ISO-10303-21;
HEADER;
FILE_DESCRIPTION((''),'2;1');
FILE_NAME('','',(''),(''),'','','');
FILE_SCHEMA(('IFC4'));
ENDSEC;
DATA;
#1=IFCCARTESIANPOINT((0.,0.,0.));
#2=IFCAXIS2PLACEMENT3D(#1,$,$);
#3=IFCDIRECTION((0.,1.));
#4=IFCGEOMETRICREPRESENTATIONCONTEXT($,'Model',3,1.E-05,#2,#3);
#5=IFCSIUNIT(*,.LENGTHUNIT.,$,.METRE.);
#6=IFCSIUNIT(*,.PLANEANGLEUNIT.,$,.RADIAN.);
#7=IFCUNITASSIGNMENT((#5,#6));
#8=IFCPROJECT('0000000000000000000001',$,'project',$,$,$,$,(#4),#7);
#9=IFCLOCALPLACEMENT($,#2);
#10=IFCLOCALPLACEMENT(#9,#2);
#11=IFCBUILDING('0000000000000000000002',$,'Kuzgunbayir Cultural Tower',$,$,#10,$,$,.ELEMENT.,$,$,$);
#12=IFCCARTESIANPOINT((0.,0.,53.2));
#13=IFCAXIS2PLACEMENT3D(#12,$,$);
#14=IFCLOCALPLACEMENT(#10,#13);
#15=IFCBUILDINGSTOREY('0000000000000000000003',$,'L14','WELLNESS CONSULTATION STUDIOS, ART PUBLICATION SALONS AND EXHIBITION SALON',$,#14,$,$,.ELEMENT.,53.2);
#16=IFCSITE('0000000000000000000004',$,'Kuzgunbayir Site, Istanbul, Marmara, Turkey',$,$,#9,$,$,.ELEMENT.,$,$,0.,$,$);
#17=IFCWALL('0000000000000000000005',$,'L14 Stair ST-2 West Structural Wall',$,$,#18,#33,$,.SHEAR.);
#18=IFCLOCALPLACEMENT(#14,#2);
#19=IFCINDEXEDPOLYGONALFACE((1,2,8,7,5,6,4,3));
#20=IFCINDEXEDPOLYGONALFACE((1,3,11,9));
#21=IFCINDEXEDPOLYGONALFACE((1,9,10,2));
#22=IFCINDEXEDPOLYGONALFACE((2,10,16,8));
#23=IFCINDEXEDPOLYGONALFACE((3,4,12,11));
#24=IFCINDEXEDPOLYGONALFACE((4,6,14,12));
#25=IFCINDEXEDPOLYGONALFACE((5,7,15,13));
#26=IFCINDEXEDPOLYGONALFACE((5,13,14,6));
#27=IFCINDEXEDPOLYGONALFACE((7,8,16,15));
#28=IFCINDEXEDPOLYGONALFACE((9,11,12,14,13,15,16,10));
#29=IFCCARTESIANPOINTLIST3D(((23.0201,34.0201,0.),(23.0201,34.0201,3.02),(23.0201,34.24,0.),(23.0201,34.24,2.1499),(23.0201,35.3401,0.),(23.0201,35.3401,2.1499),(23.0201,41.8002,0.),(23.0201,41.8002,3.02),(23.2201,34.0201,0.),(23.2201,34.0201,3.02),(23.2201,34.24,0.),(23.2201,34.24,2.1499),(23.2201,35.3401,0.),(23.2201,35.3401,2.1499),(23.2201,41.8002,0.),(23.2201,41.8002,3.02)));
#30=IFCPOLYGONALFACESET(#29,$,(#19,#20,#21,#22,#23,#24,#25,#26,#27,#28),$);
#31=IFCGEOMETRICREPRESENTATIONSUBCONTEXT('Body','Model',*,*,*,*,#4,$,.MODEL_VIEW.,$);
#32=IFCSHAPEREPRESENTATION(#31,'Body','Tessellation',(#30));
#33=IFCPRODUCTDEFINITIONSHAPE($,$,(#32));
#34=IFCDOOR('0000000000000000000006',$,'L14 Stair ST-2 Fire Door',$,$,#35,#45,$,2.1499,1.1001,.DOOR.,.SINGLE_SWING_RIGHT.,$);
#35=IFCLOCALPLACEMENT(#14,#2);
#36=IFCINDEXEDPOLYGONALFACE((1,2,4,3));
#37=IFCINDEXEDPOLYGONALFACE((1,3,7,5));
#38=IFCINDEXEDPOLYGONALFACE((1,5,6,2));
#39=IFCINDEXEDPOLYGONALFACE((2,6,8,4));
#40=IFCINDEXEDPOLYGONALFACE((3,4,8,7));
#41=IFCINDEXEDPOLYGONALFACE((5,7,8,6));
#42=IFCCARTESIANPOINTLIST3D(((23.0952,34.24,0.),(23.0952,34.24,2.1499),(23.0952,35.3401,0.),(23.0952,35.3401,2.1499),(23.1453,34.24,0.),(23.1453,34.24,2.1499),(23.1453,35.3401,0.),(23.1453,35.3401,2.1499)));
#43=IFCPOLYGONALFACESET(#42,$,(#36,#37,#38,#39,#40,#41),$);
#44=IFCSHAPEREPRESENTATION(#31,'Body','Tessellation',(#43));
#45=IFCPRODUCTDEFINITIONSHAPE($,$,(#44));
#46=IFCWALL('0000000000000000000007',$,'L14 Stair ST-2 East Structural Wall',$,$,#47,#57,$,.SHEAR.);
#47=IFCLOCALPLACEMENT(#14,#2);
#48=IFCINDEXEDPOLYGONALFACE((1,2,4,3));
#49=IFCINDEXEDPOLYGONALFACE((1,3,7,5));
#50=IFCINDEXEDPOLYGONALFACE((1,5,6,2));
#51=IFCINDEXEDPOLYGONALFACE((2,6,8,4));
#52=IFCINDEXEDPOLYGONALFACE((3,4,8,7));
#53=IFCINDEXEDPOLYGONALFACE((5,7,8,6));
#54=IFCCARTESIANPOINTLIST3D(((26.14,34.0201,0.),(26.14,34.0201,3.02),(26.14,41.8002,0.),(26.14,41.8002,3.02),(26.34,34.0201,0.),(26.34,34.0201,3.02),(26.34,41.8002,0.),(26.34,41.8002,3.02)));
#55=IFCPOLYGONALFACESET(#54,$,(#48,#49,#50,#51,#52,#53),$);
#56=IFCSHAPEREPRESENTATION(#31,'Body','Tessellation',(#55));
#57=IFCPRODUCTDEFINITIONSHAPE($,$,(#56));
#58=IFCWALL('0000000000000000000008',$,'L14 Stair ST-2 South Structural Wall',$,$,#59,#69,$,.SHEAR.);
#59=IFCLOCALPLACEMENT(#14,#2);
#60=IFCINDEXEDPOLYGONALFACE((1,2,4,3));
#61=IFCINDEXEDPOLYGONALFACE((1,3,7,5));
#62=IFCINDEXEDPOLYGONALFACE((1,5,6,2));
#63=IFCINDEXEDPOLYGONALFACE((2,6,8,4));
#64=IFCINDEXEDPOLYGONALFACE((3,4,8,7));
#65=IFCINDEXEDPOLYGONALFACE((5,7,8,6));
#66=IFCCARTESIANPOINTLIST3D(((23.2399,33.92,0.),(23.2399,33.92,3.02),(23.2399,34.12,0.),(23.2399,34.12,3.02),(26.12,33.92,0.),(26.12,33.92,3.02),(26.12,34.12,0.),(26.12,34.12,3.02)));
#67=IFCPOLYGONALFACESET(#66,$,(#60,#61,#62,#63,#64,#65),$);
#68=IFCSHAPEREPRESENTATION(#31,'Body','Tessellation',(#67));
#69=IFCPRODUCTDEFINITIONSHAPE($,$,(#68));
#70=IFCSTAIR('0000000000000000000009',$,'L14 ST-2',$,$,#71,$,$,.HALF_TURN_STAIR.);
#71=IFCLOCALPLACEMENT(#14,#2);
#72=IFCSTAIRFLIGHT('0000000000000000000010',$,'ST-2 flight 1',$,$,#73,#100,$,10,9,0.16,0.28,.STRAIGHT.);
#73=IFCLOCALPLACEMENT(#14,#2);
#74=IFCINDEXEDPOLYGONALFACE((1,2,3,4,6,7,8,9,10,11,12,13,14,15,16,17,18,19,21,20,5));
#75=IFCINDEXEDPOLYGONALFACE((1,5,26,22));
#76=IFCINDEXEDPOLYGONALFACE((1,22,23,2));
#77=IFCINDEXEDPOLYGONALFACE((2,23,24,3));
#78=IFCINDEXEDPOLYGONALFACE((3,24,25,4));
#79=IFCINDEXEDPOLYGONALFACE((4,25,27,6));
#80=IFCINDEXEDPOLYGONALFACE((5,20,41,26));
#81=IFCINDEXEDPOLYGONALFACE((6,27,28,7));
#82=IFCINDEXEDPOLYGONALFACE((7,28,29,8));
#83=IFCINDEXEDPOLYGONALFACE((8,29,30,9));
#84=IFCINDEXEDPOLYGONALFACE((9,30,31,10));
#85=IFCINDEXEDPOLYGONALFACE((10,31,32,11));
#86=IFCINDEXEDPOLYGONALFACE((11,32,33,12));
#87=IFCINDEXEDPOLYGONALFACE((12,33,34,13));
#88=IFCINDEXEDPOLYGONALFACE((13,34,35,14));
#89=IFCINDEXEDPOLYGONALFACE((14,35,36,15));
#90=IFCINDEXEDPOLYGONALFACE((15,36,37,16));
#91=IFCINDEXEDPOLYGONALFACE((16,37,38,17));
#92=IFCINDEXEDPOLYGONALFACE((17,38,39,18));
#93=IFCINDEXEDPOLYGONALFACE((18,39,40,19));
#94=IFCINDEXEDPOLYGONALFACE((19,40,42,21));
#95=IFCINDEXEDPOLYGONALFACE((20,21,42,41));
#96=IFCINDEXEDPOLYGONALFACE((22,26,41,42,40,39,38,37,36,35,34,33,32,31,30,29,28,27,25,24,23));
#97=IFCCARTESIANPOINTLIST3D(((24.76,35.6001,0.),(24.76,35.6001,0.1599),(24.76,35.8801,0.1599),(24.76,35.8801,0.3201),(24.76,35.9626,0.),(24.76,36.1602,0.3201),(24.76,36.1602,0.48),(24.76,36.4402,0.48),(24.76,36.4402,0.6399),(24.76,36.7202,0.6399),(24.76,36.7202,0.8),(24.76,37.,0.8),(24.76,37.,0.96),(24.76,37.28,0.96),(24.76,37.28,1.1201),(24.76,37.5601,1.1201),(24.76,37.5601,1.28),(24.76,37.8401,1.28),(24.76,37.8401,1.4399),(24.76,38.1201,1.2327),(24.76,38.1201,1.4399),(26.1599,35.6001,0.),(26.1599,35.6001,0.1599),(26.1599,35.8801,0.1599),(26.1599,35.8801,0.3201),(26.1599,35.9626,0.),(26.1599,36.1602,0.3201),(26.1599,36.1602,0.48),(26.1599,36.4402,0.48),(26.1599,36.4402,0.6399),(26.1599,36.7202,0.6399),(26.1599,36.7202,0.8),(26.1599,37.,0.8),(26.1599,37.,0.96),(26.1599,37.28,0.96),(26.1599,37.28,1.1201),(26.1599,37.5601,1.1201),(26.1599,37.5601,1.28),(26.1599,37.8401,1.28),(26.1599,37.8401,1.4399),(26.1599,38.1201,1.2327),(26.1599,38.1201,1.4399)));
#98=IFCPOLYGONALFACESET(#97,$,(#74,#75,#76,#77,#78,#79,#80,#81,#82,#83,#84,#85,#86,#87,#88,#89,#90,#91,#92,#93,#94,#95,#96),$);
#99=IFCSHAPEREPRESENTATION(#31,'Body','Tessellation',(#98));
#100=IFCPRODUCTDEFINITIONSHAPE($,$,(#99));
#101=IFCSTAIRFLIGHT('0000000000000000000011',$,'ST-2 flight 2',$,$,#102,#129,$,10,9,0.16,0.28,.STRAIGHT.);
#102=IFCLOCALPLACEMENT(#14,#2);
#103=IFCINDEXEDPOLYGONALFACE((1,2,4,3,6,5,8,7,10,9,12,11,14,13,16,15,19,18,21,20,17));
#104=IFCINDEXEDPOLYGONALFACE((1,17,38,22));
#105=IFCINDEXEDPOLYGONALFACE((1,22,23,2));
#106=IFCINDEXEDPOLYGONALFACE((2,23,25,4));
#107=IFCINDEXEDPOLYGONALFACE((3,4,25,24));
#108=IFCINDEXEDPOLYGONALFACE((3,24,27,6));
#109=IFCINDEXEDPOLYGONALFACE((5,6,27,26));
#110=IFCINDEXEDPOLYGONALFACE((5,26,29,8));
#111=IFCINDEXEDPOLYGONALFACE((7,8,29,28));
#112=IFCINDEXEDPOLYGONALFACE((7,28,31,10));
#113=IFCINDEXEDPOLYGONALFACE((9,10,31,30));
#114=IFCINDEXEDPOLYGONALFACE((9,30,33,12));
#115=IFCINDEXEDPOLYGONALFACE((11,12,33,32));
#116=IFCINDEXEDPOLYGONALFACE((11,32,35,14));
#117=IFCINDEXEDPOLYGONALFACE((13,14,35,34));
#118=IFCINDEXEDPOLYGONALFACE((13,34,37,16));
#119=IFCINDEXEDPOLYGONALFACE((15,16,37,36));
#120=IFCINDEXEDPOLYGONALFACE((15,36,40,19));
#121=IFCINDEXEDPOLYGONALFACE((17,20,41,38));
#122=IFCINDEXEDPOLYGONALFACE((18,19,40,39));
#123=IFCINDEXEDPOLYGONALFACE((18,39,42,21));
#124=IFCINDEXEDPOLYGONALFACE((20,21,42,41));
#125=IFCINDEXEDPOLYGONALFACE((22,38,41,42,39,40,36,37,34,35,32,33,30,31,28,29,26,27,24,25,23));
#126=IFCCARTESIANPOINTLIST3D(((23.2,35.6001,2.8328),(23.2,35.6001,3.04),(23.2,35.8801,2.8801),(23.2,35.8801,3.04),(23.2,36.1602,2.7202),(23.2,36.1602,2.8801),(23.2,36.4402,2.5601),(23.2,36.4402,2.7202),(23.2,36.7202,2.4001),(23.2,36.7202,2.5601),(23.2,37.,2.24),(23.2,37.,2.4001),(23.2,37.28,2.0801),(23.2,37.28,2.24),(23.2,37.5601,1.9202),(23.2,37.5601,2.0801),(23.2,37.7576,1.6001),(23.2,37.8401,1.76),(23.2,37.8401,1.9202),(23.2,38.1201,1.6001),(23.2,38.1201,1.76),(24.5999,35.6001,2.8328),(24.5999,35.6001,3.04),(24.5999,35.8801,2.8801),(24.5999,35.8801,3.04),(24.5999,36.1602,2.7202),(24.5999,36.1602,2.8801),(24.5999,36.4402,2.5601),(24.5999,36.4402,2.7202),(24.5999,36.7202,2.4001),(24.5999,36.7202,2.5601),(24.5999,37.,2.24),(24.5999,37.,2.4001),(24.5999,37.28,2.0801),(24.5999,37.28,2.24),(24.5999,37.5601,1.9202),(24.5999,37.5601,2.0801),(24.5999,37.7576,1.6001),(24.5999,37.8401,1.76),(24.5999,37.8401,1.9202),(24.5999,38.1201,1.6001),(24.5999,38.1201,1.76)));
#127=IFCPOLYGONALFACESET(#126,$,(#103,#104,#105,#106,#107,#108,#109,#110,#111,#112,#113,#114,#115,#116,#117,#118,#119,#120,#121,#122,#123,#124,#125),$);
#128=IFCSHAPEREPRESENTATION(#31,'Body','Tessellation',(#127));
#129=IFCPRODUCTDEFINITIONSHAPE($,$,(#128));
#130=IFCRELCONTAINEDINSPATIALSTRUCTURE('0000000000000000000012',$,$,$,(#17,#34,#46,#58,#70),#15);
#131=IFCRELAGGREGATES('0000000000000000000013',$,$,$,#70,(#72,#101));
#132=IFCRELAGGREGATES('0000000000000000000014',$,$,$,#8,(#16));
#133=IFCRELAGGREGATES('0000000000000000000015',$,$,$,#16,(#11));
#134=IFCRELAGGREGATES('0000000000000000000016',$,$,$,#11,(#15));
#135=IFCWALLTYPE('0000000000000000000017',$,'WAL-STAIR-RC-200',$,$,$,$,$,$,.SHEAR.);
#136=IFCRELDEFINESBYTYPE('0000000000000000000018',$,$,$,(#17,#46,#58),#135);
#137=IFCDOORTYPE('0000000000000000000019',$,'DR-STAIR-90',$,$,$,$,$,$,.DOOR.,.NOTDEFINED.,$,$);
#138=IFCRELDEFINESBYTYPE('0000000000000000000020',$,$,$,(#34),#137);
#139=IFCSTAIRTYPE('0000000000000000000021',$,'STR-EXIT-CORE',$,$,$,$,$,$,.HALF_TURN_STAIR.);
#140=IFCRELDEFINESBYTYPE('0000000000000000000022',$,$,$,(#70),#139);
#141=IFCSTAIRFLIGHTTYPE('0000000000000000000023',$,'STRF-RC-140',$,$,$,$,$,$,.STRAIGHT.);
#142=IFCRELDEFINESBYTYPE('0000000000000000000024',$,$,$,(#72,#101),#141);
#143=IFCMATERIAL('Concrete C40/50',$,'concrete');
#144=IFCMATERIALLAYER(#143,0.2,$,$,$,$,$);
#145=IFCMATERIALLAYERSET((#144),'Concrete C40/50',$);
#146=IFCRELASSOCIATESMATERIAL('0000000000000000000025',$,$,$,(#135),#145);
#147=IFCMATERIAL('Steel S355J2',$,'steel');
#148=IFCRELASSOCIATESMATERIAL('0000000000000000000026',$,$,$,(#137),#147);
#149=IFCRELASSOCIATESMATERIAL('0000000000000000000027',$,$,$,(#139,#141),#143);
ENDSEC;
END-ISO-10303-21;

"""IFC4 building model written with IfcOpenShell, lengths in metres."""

from ifc_helpers import new_model, si_unit, direction, frame, frame_2d, origin, place, context, subcontext, project, spatial, polyline, rectangle, outline, extrude, material, layer, layer_set, type_object, element, fill, aggregate, save


model = new_model("IFC4")

# Units and contexts
model_context = context("Model", 3, precision=1e-05, world=origin(), true_north=direction((0.0, 1.0)))
body_context = subcontext(model_context, "Body", "Model", "MODEL_VIEW")
ifc_project = project(units=[si_unit("LENGTHUNIT", "METRE"), si_unit("PLANEANGLEUNIT", "RADIAN")], contexts=[model_context])

# Site, building, storey
site_placement = place(None, origin())
site = spatial("IfcSite", under=ifc_project, at=site_placement, Name="Kuzgunbayir Site, Istanbul, Marmara, Turkey", CompositionType="ELEMENT", RefElevation=0.0)
building_placement = place(site_placement, origin())
building = spatial("IfcBuilding", under=site, at=building_placement, Name="Kuzgunbayir Cultural Tower", CompositionType="ELEMENT")
storey_placement = place(building_placement, frame((0.0, 0.0, 53.2)))
storey = spatial("IfcBuildingStorey", under=building, at=storey_placement, Name="L14", Description="WELLNESS CONSULTATION STUDIOS, ART PUBLICATION SALONS AND EXHIBITION SALON", CompositionType="ELEMENT", Elevation=53.2)

# Shared definitions
ifc_material_1 = material(Name="Steel S355J2", Category="steel")

# Shared definitions
ifc_material_2 = material(Name="Concrete C40/50", Category="concrete")

# Wall, opening, door
ifc_layer_1 = layer(ifc_material_2, 0.2)
ifc_layer_set_1 = layer_set([ifc_layer_1], Name="Concrete C40/50")
wall_type_1 = type_object("IfcWallType", Name="WAL-STAIR-RC-200", PredefinedType="SHEAR", material=ifc_layer_set_1)
wall_1_placement = place(storey_placement, frame((23.1201, 34.02, 0.0), z_axis=(0.0, 0.0, 1.0), x_axis=(0.0, 1.0, 0.0)))
wall_1 = element("IfcWall", 1, at=wall_1_placement, inside=storey, type_object=wall_type_1, Name="L14 Stair ST-2 West Structural Wall", PredefinedType="SHEAR", context=body_context, shape_type="SweptSolid", body=[
    extrude(rectangle(XDim=7.78, YDim=0.2, at=frame_2d((3.8901, 0.0))), origin(), (0.0, 0.0, 1.0), 3.02),
])
opening_1_placement = place(wall_1_placement, frame((0.22, 0.0, 0.0)))
opening_1 = element("IfcOpeningElement", 2, at=opening_1_placement, cuts=wall_1, PredefinedType="OPENING", context=body_context, shape_type="SweptSolid", body=[
    extrude(rectangle(XDim=1.1001, YDim=2.1499, at=frame_2d((0.55, 1.075))), frame((0.0, 0.1099, 0.0), z_axis=(0.0, -1.0, 0.0), x_axis=(1.0, 0.0, 0.0)), (0.0, 0.0, 1.0), 0.22),
])
door_type_1 = type_object("IfcDoorType", Name="DR-STAIR-90", OperationType="NOTDEFINED", PredefinedType="DOOR", material=ifc_material_1)
door_1_placement = place(opening_1_placement, origin())
door_1 = element("IfcDoor", 3, at=door_1_placement, inside=storey, type_object=door_type_1, Name="L14 Stair ST-2 Fire Door", OperationType="SINGLE_SWING_RIGHT", OverallHeight=2.1499, OverallWidth=1.1001, PredefinedType="DOOR", context=body_context, shape_type="SweptSolid", body=[
    extrude(rectangle(XDim=1.1001, YDim=2.1499, at=frame_2d((0.55, 1.075))), frame((0.0, 0.0249, 0.0), z_axis=(0.0, -1.0, 0.0), x_axis=(1.0, 0.0, 0.0)), (0.0, 0.0, 1.0), 0.05),
])
fill(opening_1, door_1)

# Walls
wall_2_placement = place(storey_placement, frame((26.24, 34.02, 0.0), z_axis=(0.0, 0.0, 1.0), x_axis=(0.0, 1.0, 0.0)))
element("IfcWall", 4, at=wall_2_placement, inside=storey, type_object=wall_type_1, Name="L14 Stair ST-2 East Structural Wall", PredefinedType="SHEAR", context=body_context, shape_type="SweptSolid", body=[
    extrude(rectangle(XDim=7.78, YDim=0.2, at=frame_2d((3.8901, 0.0))), origin(), (0.0, 0.0, 1.0), 3.02),
])
wall_3_placement = place(storey_placement, frame((23.24, 34.02, 0.0), z_axis=(0.0, 0.0, 1.0), x_axis=(1.0, 0.0, 0.0)))
element("IfcWall", 5, at=wall_3_placement, inside=storey, type_object=wall_type_1, Name="L14 Stair ST-2 South Structural Wall", PredefinedType="SHEAR", context=body_context, shape_type="SweptSolid", body=[
    extrude(rectangle(XDim=2.8801, YDim=0.2, at=frame_2d((1.4399, 0.0))), origin(), (0.0, 0.0, 1.0), 3.02),
])

# Stair, stair flights
stair_type = type_object("IfcStairType", Name="STR-EXIT-CORE", PredefinedType="HALF_TURN_STAIR", material=ifc_material_2)
stair_placement = place(storey_placement, origin())
stair = element("IfcStair", 6, at=stair_placement, inside=storey, type_object=stair_type, Name="L14 ST-2", PredefinedType="HALF_TURN_STAIR")
stair_flight_type = type_object("IfcStairFlightType", Name="STRF-RC-140", PredefinedType="STRAIGHT", material=ifc_material_2)
stair_flight_1_placement = place(storey_placement, frame((25.46, 35.6001, 0.0), z_axis=(0.0, 0.0, 1.0), x_axis=(0.0, 1.0, 0.0)))
stair_flight_1 = element("IfcStairFlight", 7, at=stair_flight_1_placement, type_object=stair_flight_type, Name="ST-2 flight 1", NumberOfRisers=10, NumberOfTreads=9, PredefinedType="STRAIGHT", RiserHeight=0.16, TreadLength=0.28, context=body_context, shape_type="SweptSolid", body=[
    extrude(outline(polyline([(0.0, 0.0), (0.0, 0.1599), (0.28, 0.1599), (0.28, 0.3201), (0.5601, 0.3201), (0.5601, 0.48), (0.8401, 0.48), (0.8401, 0.6399), (1.1201, 0.6399), (1.1201, 0.8), (1.3999, 0.8), (1.3999, 0.96), (1.6799, 0.96), (1.6799, 1.1201), (1.96, 1.1201), (1.96, 1.28), (2.24, 1.28), (2.24, 1.4399), (2.52, 1.4399), (2.52, 1.6001), (2.52, 1.2327), (0.3625, 0.0), (0.0, 0.0)])), frame((0.0, 0.7, 0.0), z_axis=(0.0, -1.0, 0.0), x_axis=(1.0, 0.0, 0.0)), (0.0, 0.0, 1.0), 1.3999),
])
stair_flight_2_placement = place(storey_placement, frame((23.8999, 38.1201, 1.6001), z_axis=(0.0, 0.0, 1.0), x_axis=(0.0, -1.0, 0.0)))
stair_flight_2 = element("IfcStairFlight", 8, at=stair_flight_2_placement, type_object=stair_flight_type, Name="ST-2 flight 2", NumberOfRisers=10, NumberOfTreads=9, PredefinedType="STRAIGHT", RiserHeight=0.16, TreadLength=0.28, context=body_context, shape_type="SweptSolid", body=[
    extrude(outline(polyline([(0.0, 0.0), (0.0, 0.1599), (0.28, 0.1599), (0.28, 0.3201), (0.5601, 0.3201), (0.5601, 0.48), (0.8401, 0.48), (0.8401, 0.6399), (1.1201, 0.6399), (1.1201, 0.8), (1.3999, 0.8), (1.3999, 0.96), (1.6799, 0.96), (1.6799, 1.1201), (1.96, 1.1201), (1.96, 1.28), (2.24, 1.28), (2.24, 1.4399), (2.52, 1.4399), (2.52, 1.6001), (2.52, 1.2327), (0.3625, 0.0), (0.0, 0.0)])), frame((0.0, 0.7, 0.0), z_axis=(0.0, -1.0, 0.0), x_axis=(1.0, 0.0, 0.0)), (0.0, 0.0, 1.0), 1.3999),
])
aggregate(stair, [stair_flight_1, stair_flight_2])

save(model, "model.ifc")
